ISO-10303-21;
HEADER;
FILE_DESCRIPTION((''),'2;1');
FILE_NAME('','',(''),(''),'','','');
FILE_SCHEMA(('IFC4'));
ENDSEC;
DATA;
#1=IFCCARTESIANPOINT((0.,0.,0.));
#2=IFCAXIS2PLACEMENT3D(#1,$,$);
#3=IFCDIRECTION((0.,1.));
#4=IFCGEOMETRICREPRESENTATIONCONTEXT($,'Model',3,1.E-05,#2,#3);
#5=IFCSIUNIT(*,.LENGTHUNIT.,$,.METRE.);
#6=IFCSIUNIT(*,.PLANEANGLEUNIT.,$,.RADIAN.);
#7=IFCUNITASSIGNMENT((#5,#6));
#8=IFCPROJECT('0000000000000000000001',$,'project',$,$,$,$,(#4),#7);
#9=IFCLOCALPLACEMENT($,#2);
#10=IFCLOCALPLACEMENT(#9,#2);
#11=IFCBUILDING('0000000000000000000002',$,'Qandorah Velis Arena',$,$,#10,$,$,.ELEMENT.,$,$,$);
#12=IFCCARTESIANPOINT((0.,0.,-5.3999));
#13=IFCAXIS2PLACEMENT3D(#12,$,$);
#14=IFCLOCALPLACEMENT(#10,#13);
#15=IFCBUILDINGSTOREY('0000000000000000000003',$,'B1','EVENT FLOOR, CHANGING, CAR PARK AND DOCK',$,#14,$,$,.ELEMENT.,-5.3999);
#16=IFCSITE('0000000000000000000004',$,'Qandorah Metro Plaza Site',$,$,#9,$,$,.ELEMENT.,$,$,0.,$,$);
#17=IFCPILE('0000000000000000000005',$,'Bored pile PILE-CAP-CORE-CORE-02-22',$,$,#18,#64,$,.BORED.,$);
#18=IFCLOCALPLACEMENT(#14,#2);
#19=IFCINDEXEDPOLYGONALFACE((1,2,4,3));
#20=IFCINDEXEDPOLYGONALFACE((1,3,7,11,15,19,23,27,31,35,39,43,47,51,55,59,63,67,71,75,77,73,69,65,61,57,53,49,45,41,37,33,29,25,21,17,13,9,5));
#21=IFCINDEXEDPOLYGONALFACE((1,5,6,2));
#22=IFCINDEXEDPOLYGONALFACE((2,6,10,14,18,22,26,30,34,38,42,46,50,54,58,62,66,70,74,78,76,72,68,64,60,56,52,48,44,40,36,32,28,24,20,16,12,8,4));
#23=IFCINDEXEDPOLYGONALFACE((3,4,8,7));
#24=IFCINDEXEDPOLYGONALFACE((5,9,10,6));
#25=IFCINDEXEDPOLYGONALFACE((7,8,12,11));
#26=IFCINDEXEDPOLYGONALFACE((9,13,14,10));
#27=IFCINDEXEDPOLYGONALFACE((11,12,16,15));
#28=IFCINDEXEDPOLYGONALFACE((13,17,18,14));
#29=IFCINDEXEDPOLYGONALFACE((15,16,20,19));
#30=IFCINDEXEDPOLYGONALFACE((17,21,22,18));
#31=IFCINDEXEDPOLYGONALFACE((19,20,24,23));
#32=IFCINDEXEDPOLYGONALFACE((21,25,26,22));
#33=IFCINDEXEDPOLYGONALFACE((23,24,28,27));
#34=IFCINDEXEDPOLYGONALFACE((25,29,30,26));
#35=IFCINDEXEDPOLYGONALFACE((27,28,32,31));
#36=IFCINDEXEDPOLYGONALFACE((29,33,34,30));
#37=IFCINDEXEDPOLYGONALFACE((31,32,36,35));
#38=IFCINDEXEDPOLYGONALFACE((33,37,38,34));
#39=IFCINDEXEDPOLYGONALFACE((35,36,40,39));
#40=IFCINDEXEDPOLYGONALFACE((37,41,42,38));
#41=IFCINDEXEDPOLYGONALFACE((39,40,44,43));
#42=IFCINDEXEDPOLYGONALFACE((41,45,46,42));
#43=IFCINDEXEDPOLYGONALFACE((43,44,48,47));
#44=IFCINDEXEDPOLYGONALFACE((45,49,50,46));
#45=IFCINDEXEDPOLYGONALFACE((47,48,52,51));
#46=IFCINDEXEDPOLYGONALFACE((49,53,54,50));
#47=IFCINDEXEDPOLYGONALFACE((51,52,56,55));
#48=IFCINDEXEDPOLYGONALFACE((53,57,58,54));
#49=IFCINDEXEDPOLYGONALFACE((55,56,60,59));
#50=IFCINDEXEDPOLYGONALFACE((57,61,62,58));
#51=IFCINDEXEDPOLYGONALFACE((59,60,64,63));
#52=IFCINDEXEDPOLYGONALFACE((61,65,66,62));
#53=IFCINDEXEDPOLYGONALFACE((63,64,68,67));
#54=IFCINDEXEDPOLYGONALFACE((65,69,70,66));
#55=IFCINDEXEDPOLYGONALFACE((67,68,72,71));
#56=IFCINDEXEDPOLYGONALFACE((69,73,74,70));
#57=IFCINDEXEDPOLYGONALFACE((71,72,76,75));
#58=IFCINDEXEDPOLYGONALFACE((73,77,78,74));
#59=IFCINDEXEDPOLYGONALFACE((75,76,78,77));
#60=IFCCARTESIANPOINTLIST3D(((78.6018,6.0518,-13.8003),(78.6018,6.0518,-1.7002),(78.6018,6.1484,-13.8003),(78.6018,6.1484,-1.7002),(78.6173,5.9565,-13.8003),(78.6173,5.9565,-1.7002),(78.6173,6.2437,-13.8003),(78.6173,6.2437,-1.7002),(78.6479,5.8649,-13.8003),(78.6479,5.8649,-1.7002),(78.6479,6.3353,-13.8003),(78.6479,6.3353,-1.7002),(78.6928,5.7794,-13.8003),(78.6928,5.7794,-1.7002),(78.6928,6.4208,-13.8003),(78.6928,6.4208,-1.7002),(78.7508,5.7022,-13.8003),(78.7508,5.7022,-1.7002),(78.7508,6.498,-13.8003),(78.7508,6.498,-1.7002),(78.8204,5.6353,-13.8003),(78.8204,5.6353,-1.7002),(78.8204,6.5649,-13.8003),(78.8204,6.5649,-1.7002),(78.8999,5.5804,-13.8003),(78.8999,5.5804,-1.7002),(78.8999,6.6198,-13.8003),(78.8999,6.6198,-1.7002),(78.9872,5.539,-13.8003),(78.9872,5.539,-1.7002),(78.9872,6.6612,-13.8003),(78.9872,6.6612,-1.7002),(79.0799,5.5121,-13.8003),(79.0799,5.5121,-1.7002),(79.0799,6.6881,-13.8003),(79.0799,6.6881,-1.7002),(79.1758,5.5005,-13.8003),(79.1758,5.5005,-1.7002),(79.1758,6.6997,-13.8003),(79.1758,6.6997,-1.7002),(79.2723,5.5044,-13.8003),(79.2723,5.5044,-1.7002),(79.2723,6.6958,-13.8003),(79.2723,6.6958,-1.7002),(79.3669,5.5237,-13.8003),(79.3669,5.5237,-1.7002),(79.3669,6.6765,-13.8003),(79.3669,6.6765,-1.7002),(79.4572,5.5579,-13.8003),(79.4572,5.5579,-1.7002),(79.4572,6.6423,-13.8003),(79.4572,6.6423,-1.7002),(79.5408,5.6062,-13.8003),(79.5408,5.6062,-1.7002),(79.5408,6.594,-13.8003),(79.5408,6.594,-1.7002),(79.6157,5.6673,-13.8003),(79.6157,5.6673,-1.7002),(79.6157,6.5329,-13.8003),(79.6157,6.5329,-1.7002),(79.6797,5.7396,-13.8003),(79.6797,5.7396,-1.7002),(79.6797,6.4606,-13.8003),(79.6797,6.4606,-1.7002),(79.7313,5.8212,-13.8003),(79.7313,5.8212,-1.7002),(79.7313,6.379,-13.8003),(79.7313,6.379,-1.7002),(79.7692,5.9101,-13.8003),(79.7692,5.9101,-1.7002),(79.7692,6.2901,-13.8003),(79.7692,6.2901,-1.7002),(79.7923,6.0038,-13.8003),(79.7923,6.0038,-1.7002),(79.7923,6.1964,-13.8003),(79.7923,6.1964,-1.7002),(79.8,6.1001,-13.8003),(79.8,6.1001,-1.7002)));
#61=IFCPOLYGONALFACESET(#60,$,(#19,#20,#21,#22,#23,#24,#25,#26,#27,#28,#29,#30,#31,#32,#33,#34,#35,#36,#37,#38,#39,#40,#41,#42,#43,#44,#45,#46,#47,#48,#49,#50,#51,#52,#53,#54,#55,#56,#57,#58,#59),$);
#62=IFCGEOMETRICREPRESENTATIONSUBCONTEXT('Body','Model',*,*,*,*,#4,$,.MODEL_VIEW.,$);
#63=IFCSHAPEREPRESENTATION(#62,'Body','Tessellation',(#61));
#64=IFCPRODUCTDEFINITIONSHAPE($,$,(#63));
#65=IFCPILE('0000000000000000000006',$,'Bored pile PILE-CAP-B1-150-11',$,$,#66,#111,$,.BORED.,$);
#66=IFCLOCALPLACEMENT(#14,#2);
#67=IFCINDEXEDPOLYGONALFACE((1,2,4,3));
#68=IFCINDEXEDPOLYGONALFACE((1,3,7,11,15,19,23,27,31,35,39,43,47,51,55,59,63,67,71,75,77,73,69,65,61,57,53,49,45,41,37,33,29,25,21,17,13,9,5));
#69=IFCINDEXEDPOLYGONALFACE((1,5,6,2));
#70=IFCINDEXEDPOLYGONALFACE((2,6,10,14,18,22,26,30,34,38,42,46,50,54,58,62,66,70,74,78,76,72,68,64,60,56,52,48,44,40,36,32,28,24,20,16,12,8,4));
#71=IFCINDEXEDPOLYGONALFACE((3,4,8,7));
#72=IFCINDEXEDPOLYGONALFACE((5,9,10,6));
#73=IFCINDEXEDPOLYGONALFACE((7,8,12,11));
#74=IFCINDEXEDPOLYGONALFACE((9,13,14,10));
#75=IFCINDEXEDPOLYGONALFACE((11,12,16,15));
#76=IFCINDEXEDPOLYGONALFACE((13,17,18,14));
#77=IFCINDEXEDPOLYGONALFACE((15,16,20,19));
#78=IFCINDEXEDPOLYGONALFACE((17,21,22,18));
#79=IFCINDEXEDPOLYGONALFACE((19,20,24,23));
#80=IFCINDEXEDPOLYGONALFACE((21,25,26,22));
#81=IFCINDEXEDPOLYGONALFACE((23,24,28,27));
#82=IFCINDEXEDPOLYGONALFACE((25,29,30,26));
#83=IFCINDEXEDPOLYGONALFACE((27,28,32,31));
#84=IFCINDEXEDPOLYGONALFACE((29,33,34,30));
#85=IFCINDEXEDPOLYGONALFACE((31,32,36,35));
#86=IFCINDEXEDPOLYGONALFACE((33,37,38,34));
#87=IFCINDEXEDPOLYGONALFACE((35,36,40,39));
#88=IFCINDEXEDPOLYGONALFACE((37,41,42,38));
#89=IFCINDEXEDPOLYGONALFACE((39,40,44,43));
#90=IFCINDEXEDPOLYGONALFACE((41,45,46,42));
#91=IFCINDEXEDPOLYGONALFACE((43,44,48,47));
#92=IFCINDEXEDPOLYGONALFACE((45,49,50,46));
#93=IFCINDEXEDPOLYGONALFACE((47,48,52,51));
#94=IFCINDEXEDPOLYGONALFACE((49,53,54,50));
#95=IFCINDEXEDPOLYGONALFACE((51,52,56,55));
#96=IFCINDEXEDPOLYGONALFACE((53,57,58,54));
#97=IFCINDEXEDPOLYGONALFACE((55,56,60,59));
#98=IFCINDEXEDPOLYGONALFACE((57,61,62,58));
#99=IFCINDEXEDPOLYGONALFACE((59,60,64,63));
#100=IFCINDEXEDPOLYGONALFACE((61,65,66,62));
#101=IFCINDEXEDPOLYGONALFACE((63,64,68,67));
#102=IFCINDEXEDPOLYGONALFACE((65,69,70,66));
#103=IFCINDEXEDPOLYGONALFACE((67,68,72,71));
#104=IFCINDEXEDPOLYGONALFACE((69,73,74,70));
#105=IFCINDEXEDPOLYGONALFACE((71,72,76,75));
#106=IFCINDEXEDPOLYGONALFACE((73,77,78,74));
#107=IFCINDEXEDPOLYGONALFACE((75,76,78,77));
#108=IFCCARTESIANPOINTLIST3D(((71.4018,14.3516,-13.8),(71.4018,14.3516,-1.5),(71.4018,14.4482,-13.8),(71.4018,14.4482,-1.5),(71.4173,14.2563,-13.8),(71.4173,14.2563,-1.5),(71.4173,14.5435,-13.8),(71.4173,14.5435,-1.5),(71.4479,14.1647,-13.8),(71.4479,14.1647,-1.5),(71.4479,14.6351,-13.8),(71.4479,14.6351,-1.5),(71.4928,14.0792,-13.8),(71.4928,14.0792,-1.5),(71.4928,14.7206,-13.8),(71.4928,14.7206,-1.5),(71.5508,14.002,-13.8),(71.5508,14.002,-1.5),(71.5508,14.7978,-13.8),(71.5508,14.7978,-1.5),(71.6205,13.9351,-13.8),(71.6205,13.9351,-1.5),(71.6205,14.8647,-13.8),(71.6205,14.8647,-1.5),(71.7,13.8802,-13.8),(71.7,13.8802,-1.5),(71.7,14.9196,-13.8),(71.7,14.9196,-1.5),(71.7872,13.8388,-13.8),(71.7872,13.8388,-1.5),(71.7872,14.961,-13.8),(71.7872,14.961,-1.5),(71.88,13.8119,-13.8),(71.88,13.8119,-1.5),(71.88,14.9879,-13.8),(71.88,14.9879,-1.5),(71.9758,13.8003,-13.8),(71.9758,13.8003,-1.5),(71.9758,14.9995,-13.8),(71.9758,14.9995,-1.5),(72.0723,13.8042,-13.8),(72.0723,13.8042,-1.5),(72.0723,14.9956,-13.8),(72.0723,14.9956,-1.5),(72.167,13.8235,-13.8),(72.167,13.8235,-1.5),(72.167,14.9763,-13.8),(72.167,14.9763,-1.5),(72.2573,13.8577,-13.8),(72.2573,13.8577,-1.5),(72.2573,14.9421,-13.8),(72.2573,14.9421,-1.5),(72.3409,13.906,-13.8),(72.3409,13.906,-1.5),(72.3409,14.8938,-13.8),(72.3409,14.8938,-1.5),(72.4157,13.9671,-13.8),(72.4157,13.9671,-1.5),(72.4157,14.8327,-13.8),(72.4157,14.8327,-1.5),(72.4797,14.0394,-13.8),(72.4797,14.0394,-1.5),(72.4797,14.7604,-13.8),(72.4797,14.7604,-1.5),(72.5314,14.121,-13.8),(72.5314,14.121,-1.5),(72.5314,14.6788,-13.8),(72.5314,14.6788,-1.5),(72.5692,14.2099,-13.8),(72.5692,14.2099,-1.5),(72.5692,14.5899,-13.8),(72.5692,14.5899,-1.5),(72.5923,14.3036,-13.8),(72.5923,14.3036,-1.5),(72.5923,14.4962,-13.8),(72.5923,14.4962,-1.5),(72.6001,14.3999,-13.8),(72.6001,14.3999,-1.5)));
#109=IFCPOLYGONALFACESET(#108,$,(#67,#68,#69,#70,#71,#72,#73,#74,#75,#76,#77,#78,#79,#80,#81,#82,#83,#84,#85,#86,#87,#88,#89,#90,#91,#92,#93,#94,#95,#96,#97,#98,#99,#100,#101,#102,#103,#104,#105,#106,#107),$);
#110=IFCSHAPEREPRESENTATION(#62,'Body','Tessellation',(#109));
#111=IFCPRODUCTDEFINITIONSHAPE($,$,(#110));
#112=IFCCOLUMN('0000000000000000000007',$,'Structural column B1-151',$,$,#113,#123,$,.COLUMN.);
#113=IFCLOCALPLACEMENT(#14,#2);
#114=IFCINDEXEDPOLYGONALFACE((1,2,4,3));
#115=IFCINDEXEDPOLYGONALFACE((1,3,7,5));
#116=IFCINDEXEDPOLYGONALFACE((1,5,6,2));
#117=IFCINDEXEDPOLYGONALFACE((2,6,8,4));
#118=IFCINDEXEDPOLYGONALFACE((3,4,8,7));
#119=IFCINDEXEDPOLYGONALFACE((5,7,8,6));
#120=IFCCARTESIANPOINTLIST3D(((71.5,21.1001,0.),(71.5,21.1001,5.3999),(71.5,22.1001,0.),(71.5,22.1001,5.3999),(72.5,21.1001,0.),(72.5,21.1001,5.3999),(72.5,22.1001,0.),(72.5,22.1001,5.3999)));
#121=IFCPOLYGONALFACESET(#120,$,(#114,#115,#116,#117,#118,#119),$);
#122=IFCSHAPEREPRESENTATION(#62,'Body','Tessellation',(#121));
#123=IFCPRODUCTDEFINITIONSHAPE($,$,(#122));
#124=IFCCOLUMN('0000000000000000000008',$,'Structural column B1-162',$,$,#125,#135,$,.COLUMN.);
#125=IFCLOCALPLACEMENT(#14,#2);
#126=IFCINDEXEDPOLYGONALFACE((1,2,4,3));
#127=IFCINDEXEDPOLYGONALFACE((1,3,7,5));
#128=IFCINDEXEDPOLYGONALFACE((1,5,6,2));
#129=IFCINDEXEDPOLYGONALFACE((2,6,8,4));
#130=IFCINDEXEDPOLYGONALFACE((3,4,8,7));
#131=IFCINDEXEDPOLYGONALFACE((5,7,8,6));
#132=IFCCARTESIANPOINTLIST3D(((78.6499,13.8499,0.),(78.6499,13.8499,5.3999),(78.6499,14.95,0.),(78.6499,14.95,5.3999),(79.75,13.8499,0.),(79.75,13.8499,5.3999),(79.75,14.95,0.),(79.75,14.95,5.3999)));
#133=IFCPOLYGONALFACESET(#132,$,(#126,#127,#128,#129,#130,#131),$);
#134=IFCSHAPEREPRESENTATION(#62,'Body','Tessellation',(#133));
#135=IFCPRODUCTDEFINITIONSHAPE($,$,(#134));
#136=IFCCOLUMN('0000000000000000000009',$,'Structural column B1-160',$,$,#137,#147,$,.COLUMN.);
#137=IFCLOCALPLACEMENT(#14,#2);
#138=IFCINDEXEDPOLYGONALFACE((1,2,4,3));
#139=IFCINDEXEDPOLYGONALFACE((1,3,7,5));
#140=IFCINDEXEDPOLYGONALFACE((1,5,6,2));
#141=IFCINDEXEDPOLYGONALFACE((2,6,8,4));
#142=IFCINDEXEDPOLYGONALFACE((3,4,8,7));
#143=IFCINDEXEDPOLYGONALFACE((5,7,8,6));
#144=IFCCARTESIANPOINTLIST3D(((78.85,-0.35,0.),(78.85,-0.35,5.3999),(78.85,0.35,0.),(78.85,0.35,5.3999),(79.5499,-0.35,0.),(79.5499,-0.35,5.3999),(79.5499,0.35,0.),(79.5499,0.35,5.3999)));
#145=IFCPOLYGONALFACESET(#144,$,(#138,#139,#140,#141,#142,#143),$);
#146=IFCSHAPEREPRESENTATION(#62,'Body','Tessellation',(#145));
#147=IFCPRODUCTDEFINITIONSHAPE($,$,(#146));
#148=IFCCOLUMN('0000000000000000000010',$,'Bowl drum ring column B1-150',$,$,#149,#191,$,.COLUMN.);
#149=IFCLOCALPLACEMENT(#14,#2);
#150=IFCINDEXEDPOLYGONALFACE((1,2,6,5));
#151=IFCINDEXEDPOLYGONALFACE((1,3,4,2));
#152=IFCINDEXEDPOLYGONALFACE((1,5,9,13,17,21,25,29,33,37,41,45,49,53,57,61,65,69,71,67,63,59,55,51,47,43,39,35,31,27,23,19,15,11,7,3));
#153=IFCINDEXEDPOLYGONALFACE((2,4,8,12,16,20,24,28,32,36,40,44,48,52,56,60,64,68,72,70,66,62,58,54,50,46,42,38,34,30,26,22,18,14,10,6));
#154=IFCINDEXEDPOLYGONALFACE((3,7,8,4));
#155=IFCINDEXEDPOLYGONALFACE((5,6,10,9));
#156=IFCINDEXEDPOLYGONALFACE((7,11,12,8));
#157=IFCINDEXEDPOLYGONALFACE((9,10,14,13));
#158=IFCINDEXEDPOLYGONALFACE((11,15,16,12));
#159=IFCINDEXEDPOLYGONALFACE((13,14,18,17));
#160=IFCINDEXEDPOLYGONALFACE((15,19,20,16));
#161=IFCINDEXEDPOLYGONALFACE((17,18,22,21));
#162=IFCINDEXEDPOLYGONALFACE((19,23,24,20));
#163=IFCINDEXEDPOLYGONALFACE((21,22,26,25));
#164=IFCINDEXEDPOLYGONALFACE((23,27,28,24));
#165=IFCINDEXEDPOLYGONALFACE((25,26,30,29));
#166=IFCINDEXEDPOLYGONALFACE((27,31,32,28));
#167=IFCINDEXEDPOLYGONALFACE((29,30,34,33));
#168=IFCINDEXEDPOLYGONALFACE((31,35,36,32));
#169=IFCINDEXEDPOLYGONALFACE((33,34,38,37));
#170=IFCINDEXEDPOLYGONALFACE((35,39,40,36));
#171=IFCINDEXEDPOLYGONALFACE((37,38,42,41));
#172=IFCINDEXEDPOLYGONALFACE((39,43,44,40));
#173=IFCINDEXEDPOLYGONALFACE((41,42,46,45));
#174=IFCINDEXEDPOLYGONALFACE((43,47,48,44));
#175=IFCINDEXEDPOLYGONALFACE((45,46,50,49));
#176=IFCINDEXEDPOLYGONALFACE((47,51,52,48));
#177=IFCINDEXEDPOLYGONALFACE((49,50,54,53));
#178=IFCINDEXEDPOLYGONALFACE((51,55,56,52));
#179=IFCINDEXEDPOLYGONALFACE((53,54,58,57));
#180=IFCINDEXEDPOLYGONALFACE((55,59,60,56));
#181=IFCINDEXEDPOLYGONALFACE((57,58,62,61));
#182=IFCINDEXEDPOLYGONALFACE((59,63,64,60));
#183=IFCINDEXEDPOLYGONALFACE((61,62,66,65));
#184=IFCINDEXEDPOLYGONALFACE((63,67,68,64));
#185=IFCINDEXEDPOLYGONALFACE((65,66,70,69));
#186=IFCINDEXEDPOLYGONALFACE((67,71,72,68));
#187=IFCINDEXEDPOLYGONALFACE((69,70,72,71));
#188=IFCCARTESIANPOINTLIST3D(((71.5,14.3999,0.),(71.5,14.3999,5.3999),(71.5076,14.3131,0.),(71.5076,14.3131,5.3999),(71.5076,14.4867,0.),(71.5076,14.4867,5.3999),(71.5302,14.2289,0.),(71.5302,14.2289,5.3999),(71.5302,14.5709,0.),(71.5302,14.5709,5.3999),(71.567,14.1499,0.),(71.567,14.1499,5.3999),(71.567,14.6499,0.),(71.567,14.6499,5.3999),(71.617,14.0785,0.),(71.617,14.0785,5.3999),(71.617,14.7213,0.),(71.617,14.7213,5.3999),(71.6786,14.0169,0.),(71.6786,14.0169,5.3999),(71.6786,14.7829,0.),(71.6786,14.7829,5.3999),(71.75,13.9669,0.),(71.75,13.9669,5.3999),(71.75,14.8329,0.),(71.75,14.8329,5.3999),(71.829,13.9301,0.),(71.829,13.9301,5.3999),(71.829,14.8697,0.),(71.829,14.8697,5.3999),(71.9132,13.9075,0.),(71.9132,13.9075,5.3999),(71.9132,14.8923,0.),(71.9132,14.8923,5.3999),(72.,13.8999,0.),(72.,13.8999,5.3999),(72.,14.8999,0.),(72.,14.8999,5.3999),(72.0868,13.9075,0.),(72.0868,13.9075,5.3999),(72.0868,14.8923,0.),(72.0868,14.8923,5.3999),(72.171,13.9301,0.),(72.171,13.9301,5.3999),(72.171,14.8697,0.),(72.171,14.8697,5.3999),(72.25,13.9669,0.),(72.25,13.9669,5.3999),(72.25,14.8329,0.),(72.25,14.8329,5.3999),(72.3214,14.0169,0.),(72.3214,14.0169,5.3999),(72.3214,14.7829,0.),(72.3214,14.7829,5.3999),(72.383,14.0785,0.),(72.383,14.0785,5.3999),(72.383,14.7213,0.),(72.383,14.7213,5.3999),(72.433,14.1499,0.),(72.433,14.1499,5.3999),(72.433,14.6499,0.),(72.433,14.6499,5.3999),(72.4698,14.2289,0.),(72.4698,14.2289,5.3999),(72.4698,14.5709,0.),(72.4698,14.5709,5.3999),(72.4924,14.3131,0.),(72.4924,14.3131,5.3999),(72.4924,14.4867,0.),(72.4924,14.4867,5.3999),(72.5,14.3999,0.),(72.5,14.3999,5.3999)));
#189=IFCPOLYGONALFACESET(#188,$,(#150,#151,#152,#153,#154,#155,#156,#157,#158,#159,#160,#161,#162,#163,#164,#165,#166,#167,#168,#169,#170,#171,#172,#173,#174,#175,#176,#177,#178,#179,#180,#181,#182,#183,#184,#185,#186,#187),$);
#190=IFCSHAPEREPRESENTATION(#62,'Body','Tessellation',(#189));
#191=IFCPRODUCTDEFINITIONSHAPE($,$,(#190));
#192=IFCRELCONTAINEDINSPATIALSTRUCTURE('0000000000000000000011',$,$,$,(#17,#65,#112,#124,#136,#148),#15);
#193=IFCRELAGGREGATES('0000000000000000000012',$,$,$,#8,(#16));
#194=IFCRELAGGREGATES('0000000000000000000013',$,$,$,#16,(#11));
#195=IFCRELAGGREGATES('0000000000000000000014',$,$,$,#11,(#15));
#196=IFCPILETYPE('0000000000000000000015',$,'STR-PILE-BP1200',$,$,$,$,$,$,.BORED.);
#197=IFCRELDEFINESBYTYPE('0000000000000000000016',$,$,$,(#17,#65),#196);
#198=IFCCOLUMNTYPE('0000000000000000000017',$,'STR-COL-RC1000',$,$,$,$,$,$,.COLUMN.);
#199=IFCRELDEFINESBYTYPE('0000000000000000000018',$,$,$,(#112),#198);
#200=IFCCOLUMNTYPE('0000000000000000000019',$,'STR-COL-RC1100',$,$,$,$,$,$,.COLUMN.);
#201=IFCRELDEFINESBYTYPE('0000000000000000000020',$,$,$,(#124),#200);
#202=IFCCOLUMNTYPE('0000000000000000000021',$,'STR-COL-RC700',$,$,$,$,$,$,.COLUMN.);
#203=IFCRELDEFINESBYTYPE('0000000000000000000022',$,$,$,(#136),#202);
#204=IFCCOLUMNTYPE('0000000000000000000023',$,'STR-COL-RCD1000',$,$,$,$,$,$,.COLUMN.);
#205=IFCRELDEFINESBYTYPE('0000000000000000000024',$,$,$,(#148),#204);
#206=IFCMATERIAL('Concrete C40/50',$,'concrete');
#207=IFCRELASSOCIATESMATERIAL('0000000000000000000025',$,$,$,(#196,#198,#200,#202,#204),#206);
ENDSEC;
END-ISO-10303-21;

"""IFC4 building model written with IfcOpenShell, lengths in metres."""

from ifc_helpers import new_model, si_unit, direction, frame, origin, origin_2d, place, context, subcontext, project, spatial, rectangle, circle, extrude, material, material_profile, profile_set, type_object, element, save


model = new_model("IFC4")

# Units and contexts
model_context = context("Model", 3, precision=1e-05, world=origin(), true_north=direction((0.0, 1.0)))
body_context = subcontext(model_context, "Body", "Model", "MODEL_VIEW")
ifc_project = project(units=[si_unit("LENGTHUNIT", "METRE"), si_unit("PLANEANGLEUNIT", "RADIAN")], contexts=[model_context])

# Site, building, storey
site_placement = place(None, origin())
site = spatial("IfcSite", under=ifc_project, at=site_placement, Name="Qandorah Metro Plaza Site", CompositionType="ELEMENT", RefElevation=0.0)
building_placement = place(site_placement, origin())
building = spatial("IfcBuilding", under=site, at=building_placement, Name="Qandorah Velis Arena", CompositionType="ELEMENT")
storey_placement = place(building_placement, frame((0.0, 0.0, -5.3999)))
storey = spatial("IfcBuildingStorey", under=building, at=storey_placement, Name="B1", Description="EVENT FLOOR, CHANGING, CAR PARK AND DOCK", CompositionType="ELEMENT", Elevation=-5.3999)

# Shared definitions
ifc_material_1 = material(Name="Concrete C40/50", Category="concrete")

# Piles
ifc_material_profile_1 = material_profile(ifc_material_1, circle(Radius=0.6001, at=origin_2d()), Name="BORED PILE D1200")
ifc_profile_set_1 = profile_set([ifc_material_profile_1], Name="Concrete C40/50")
pile_type_1 = type_object("IfcPileType", Name="STR-PILE-BP1200", PredefinedType="BORED", material=ifc_profile_set_1)
for number, where, z_axis, x_axis, name in (
    (1, (79.2, 6.1001, -1.7002), (0.0, 0.0, -1.0), (1.0, 0.0, 0.0), "Bored pile PILE-CAP-CORE-CORE-02-22"),
):
    element("IfcPile", number, at=place(storey_placement, frame(where, z_axis=z_axis, x_axis=x_axis)), inside=storey, type_object=pile_type_1, Name=name, PredefinedType="BORED", context=body_context, shape_type="SweptSolid", body=[
        extrude(circle(Radius=0.6001, at=origin_2d()), origin(), (0.0, 0.0, 1.0), 12.1001),
    ])
pile_1_placement = place(storey_placement, frame((72.0, 14.3999, -1.5), z_axis=(0.0, 0.0, -1.0), x_axis=(1.0, 0.0, 0.0)))
element("IfcPile", 2, at=pile_1_placement, inside=storey, type_object=pile_type_1, Name="Bored pile PILE-CAP-B1-150-11", PredefinedType="BORED", context=body_context, shape_type="SweptSolid", body=[
    extrude(circle(Radius=0.6001, at=origin_2d()), origin(), (0.0, 0.0, 1.0), 12.3),
])

# Columns
ifc_material_profile_2 = material_profile(ifc_material_1, rectangle(XDim=1.0, YDim=1.0, at=origin_2d()), Name="RC COL 1000x1000")
ifc_profile_set_2 = profile_set([ifc_material_profile_2], Name="Concrete C40/50")
column_type_1 = type_object("IfcColumnType", Name="STR-COL-RC1000", PredefinedType="COLUMN", material=ifc_profile_set_2)
column_1_placement = place(storey_placement, frame((72.0, 21.6001, 0.0), z_axis=(0.0, 0.0, 1.0), x_axis=(1.0, 0.0, 0.0)))
element("IfcColumn", 3, at=column_1_placement, inside=storey, type_object=column_type_1, Name="Structural column B1-151", PredefinedType="COLUMN", context=body_context, shape_type="SweptSolid", body=[
    extrude(rectangle(XDim=1.0, YDim=1.0, at=origin_2d()), origin(), (0.0, 0.0, 1.0), 5.3999),
])
ifc_material_profile_3 = material_profile(ifc_material_1, rectangle(XDim=1.1001, YDim=1.1001, at=origin_2d()), Name="RC COL 1100x1100")
ifc_profile_set_3 = profile_set([ifc_material_profile_3], Name="Concrete C40/50")
column_type_2 = type_object("IfcColumnType", Name="STR-COL-RC1100", PredefinedType="COLUMN", material=ifc_profile_set_3)
column_2_placement = place(storey_placement, frame((79.2, 14.3999, 0.0), z_axis=(0.0, 0.0, 1.0), x_axis=(1.0, 0.0, 0.0)))
element("IfcColumn", 4, at=column_2_placement, inside=storey, type_object=column_type_2, Name="Structural column B1-162", PredefinedType="COLUMN", context=body_context, shape_type="SweptSolid", body=[
    extrude(rectangle(XDim=1.1001, YDim=1.1001, at=origin_2d()), origin(), (0.0, 0.0, 1.0), 5.3999),
])
ifc_material_profile_4 = material_profile(ifc_material_1, rectangle(XDim=0.7, YDim=0.7, at=origin_2d()), Name="RC COL 700x700")
ifc_profile_set_4 = profile_set([ifc_material_profile_4], Name="Concrete C40/50")
column_type_3 = type_object("IfcColumnType", Name="STR-COL-RC700", PredefinedType="COLUMN", material=ifc_profile_set_4)
column_3_placement = place(storey_placement, frame((79.2, 0.0, 0.0), z_axis=(0.0, 0.0, 1.0), x_axis=(1.0, 0.0, 0.0)))
element("IfcColumn", 5, at=column_3_placement, inside=storey, type_object=column_type_3, Name="Structural column B1-160", PredefinedType="COLUMN", context=body_context, shape_type="SweptSolid", body=[
    extrude(rectangle(XDim=0.7, YDim=0.7, at=origin_2d()), origin(), (0.0, 0.0, 1.0), 5.3999),
])
ifc_material_profile_5 = material_profile(ifc_material_1, circle(Radius=0.5, at=origin_2d()), Name="RC D1000")
ifc_profile_set_5 = profile_set([ifc_material_profile_5], Name="Concrete C40/50")
column_type_4 = type_object("IfcColumnType", Name="STR-COL-RCD1000", PredefinedType="COLUMN", material=ifc_profile_set_5)
column_4_placement = place(storey_placement, frame((72.0, 14.3999, 0.0), z_axis=(0.0, 0.0, 1.0), x_axis=(1.0, 0.0, 0.0)))
element("IfcColumn", 6, at=column_4_placement, inside=storey, type_object=column_type_4, Name="Bowl drum ring column B1-150", PredefinedType="COLUMN", context=body_context, shape_type="SweptSolid", body=[
    extrude(circle(Radius=0.5, at=origin_2d()), origin(), (0.0, 0.0, 1.0), 5.3999),
])

save(model, "model.ifc")
